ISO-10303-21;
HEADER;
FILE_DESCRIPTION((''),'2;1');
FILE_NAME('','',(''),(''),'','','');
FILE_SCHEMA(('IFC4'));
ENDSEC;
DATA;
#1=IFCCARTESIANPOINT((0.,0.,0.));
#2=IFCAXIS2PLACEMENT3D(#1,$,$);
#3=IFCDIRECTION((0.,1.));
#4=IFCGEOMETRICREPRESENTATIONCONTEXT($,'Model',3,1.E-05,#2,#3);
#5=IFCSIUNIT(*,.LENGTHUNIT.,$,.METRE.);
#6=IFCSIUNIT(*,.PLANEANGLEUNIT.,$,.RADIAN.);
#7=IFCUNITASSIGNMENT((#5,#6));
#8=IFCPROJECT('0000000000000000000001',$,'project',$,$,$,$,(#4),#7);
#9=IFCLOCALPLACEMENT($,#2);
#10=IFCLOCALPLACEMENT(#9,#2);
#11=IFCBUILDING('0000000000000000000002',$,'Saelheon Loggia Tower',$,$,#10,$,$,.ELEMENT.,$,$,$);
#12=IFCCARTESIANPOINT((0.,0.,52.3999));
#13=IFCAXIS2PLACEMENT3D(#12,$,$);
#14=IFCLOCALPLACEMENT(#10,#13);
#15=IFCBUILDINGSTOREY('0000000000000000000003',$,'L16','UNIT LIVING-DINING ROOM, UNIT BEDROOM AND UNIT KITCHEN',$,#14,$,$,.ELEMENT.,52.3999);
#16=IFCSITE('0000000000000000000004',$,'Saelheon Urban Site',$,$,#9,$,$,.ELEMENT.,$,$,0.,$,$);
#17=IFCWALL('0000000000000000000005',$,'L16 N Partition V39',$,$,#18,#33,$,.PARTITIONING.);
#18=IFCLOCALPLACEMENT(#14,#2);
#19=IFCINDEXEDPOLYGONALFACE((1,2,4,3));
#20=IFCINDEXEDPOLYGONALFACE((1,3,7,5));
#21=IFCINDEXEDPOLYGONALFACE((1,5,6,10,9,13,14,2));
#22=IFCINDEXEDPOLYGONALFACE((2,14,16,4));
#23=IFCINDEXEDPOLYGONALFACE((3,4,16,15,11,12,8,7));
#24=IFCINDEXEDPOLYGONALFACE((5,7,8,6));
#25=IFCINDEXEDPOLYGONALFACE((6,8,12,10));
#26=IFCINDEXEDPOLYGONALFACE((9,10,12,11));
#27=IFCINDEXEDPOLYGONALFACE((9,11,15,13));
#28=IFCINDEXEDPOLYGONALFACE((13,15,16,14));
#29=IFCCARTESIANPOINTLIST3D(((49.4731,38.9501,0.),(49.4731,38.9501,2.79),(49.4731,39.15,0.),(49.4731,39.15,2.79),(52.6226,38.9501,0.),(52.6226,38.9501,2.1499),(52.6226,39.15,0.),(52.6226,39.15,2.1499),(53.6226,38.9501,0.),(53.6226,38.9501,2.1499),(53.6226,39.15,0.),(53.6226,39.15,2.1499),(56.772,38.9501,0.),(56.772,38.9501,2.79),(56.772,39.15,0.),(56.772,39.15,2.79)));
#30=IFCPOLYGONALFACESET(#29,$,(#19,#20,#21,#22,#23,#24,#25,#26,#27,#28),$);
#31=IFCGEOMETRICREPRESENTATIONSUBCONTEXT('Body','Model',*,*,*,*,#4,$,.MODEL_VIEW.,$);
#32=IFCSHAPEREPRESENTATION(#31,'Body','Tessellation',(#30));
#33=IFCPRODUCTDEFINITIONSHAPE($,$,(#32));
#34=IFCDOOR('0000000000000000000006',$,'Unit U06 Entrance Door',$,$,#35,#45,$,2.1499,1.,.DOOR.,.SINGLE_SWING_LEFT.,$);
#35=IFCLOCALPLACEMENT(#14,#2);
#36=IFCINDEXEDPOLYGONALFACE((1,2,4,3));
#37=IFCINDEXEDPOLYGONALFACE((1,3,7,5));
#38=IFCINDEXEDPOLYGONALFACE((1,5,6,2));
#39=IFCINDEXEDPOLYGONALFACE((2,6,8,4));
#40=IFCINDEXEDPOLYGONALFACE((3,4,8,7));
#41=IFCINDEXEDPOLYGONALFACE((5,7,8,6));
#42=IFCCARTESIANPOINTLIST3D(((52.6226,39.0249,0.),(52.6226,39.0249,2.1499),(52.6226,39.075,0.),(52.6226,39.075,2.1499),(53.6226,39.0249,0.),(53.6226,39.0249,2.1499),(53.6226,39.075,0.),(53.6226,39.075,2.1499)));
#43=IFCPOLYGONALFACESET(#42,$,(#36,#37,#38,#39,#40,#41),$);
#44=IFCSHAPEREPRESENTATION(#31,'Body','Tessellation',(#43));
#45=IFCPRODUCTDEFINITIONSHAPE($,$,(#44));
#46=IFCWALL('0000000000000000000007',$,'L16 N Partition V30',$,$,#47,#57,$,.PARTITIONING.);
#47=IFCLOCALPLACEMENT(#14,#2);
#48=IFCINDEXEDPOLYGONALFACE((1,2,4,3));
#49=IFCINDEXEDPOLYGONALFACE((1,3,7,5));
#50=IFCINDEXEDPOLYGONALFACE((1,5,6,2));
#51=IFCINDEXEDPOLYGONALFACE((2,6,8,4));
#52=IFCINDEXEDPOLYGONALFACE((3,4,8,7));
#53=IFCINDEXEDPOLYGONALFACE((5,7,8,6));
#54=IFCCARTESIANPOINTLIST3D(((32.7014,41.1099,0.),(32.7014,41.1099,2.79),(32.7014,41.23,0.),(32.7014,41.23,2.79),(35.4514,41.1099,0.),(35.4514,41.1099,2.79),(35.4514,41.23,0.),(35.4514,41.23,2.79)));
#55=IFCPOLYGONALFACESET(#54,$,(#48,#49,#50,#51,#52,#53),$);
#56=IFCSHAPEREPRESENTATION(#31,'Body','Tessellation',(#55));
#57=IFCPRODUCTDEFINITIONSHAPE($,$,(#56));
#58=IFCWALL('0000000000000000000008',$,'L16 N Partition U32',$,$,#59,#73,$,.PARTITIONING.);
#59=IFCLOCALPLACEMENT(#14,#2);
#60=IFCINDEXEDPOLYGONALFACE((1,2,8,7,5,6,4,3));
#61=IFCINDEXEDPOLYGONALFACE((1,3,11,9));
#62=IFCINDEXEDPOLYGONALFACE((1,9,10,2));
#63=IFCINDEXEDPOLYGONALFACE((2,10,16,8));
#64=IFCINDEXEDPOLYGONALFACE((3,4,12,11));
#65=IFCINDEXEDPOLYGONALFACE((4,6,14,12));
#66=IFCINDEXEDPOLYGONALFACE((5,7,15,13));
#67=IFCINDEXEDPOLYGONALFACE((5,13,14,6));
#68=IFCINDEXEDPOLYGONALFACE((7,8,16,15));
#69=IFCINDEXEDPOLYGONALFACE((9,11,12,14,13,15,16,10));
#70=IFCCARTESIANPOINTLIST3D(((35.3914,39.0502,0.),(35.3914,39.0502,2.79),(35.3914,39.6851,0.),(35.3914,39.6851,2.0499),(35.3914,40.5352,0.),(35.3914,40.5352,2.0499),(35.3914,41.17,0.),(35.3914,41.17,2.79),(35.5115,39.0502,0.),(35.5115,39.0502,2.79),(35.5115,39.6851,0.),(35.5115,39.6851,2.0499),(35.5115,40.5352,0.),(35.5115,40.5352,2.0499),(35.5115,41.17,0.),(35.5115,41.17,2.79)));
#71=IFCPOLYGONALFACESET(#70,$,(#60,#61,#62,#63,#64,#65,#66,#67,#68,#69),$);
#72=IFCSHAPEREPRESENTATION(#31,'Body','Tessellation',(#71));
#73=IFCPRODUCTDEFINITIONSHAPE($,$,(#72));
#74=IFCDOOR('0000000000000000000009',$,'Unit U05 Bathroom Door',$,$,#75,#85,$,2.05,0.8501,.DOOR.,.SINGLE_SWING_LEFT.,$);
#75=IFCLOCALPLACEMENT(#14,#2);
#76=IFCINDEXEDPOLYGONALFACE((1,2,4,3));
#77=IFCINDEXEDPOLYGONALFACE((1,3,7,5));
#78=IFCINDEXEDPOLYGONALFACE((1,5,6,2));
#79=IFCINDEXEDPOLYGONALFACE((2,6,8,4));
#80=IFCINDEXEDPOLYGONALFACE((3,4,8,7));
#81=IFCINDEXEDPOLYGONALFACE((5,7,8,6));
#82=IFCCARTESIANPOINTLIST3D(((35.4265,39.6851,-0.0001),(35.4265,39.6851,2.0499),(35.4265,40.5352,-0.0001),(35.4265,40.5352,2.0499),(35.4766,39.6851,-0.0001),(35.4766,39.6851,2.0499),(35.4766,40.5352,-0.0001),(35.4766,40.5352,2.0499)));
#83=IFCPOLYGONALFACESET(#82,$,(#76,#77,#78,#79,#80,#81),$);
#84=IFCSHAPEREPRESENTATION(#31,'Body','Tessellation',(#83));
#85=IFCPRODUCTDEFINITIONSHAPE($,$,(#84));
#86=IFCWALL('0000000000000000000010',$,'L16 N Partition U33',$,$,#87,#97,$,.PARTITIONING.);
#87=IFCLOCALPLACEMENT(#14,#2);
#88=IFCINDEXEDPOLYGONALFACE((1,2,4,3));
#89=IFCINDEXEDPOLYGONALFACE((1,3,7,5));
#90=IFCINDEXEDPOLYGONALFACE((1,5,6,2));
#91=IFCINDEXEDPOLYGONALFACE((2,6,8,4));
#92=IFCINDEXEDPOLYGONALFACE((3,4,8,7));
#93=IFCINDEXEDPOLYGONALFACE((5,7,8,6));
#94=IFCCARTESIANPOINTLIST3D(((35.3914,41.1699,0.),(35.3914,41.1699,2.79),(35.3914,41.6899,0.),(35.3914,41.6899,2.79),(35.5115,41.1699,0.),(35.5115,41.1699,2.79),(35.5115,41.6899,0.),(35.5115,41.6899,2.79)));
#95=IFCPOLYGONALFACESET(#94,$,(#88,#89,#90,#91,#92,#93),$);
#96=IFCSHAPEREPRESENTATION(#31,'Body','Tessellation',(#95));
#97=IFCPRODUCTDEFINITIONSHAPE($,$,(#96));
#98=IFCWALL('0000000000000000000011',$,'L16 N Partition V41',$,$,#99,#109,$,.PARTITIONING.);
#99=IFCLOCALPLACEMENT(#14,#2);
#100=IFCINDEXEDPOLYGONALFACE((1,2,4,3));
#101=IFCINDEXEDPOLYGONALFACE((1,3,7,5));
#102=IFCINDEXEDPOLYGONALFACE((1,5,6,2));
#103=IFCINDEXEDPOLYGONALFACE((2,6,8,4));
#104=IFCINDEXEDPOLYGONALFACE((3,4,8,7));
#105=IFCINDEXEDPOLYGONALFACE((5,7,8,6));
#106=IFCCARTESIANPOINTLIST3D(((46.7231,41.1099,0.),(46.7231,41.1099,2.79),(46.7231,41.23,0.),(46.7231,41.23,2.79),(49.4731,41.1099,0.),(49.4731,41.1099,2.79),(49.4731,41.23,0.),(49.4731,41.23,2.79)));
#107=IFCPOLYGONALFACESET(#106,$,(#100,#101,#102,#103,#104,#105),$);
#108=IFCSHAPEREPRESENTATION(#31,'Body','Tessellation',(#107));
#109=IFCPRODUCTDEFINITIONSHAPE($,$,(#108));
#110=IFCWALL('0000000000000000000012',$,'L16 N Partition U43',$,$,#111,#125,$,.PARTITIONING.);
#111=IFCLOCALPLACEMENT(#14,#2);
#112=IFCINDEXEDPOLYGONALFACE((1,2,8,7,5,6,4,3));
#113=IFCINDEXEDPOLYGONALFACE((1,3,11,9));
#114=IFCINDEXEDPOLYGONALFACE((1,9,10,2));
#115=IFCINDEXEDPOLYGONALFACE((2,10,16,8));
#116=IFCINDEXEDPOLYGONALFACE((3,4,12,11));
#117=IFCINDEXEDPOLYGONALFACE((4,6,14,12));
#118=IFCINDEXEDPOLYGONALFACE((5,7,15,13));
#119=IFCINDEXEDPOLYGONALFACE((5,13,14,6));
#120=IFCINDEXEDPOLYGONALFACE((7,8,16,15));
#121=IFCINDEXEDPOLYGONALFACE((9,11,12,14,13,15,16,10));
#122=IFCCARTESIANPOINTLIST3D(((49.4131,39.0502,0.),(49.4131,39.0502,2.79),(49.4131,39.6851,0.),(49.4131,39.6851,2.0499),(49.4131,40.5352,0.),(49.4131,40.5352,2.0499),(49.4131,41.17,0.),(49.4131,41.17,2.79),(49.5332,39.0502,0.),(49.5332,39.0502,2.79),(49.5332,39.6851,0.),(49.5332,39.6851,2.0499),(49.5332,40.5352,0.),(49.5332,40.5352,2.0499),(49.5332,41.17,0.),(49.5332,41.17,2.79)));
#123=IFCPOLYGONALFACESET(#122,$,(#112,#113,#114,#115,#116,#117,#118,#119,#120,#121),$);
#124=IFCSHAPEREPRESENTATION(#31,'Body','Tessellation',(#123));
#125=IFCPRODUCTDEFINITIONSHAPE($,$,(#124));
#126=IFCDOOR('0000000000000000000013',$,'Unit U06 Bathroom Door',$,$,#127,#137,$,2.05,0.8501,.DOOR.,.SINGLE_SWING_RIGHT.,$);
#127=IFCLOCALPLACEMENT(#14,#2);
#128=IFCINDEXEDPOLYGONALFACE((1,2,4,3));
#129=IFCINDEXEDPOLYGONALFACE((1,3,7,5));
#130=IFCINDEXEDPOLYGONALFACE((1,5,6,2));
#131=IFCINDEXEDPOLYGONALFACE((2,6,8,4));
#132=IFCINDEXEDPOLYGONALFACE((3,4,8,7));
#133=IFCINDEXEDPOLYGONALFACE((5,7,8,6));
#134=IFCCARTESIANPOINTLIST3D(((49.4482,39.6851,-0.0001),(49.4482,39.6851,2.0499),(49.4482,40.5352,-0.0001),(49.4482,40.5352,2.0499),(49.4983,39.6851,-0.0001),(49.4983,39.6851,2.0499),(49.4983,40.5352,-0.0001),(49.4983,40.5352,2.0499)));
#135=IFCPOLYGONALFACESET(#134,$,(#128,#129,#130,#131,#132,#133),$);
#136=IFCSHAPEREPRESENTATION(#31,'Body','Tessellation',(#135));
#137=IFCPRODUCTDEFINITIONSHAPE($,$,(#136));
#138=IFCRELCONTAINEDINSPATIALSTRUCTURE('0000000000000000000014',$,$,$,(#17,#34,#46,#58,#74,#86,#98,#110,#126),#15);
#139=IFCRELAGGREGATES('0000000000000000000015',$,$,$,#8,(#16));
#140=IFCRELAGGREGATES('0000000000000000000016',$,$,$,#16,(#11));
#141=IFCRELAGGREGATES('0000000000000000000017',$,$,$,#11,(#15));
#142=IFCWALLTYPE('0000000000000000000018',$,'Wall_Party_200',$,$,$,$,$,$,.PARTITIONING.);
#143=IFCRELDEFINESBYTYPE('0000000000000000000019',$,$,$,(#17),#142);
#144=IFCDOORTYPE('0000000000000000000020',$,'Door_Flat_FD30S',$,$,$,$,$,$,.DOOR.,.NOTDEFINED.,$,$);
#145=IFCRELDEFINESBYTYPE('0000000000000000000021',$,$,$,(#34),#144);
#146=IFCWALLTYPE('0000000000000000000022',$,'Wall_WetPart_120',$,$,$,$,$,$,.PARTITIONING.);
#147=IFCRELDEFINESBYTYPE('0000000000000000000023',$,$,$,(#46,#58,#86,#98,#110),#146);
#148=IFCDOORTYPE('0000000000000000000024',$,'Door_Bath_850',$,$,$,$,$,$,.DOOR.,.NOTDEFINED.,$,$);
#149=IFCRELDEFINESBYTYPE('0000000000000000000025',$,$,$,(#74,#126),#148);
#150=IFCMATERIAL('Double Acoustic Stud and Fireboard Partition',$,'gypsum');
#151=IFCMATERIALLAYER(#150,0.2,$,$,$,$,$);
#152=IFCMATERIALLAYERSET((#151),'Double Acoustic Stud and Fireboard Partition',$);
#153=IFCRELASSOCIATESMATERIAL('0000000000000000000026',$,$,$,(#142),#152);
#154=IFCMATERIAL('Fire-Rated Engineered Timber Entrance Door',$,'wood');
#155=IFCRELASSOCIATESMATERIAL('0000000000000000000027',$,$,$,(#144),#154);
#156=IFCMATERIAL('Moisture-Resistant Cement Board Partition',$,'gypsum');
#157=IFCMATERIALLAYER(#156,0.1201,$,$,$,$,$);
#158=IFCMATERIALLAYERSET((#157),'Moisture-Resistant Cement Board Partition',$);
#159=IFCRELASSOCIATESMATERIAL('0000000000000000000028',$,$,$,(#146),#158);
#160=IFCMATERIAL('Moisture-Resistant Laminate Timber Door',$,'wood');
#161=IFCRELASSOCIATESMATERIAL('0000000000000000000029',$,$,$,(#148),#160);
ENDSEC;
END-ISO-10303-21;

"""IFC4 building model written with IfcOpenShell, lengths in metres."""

from ifc_helpers import new_model, si_unit, direction, frame, frame_2d, origin, place, context, subcontext, project, spatial, rectangle, extrude, source, transform, mapped, material, layer, layer_set, type_object, element, fill, save


model = new_model("IFC4")

# Units and contexts
model_context = context("Model", 3, precision=1e-05, world=origin(), true_north=direction((0.0, 1.0)))
body_context = subcontext(model_context, "Body", "Model", "MODEL_VIEW")
ifc_project = project(units=[si_unit("LENGTHUNIT", "METRE"), si_unit("PLANEANGLEUNIT", "RADIAN")], contexts=[model_context])

# Site, building, storey
site_placement = place(None, origin())
site = spatial("IfcSite", under=ifc_project, at=site_placement, Name="Saelheon Urban Site", CompositionType="ELEMENT", RefElevation=0.0)
building_placement = place(site_placement, origin())
building = spatial("IfcBuilding", under=site, at=building_placement, Name="Saelheon Loggia Tower", CompositionType="ELEMENT")
storey_placement = place(building_placement, frame((0.0, 0.0, 52.3999)))
storey = spatial("IfcBuildingStorey", under=building, at=storey_placement, Name="L16", Description="UNIT LIVING-DINING ROOM, UNIT BEDROOM AND UNIT KITCHEN", CompositionType="ELEMENT", Elevation=52.3999)

# Shared definitions
ifc_material_1 = material(Name="Double Acoustic Stud and Fireboard Partition", Category="gypsum")
ifc_layer_1 = layer(ifc_material_1, 0.2)
ifc_layer_set_1 = layer_set([ifc_layer_1], Name="Double Acoustic Stud and Fireboard Partition")
wall_type_1 = type_object("IfcWallType", Name="Wall_Party_200", PredefinedType="PARTITIONING", material=ifc_layer_set_1)

# Shared definitions
ifc_material_2 = material(Name="Fire-Rated Engineered Timber Entrance Door", Category="wood")
door_type_1 = type_object("IfcDoorType", Name="Door_Flat_FD30S", OperationType="NOTDEFINED", PredefinedType="DOOR", material=ifc_material_2)
shared_shape_1 = source(origin(), body_context, "Body", "SweptSolid", [
    extrude(rectangle(XDim=1.0, YDim=2.1499, at=frame_2d((0.5, 1.075))), frame((0.0, 0.0249, 0.0), z_axis=(0.0, -1.0, 0.0), x_axis=(1.0, 0.0, 0.0)), (0.0, 0.0, 1.0), 0.05),
])

# Wall, opening, door
wall_1_placement = place(storey_placement, frame((49.4731, 39.05, 0.0), z_axis=(0.0, 0.0, 1.0), x_axis=(1.0, 0.0, 0.0)))
wall_1 = element("IfcWall", 1, at=wall_1_placement, inside=storey, type_object=wall_type_1, Name="L16 N Partition V39", PredefinedType="PARTITIONING", context=body_context, shape_type="SweptSolid", body=[
    extrude(rectangle(XDim=7.2988, YDim=0.2, at=frame_2d((3.6494, 0.0))), origin(), (0.0, 0.0, 1.0), 2.79),
])
opening_1_placement = place(wall_1_placement, frame((3.1494, 0.0, 0.0)))
opening_1 = element("IfcOpeningElement", 2, at=opening_1_placement, cuts=wall_1, PredefinedType="OPENING", context=body_context, shape_type="SweptSolid", body=[
    extrude(rectangle(XDim=1.0, YDim=2.1499, at=frame_2d((0.5, 1.075))), frame((0.0, 0.1121, 0.0), z_axis=(0.0, -1.0, 0.0), x_axis=(1.0, 0.0, 0.0)), (0.0, 0.0, 1.0), 0.2239),
])
door_1_placement = place(opening_1_placement, origin())
door_1 = element("IfcDoor", 3, at=door_1_placement, inside=storey, type_object=door_type_1, Name="Unit U06 Entrance Door", OperationType="SINGLE_SWING_LEFT", OverallHeight=2.1499, OverallWidth=1.0, PredefinedType="DOOR", context=body_context, shape_type="MappedRepresentation", body=[
    mapped(shared_shape_1, transform((0.0, 0.0, 0.0), scale=1.0)),
])
fill(opening_1, door_1)

# Wall
ifc_material_3 = material(Name="Moisture-Resistant Cement Board Partition", Category="gypsum")
ifc_layer_2 = layer(ifc_material_3, 0.1201)
ifc_layer_set_2 = layer_set([ifc_layer_2], Name="Moisture-Resistant Cement Board Partition")
wall_type_2 = type_object("IfcWallType", Name="Wall_WetPart_120", PredefinedType="PARTITIONING", material=ifc_layer_set_2)
wall_2_placement = place(storey_placement, frame((32.7014, 41.1699, 0.0), z_axis=(0.0, 0.0, 1.0), x_axis=(1.0, 0.0, 0.0)))
element("IfcWall", 4, at=wall_2_placement, inside=storey, type_object=wall_type_2, Name="L16 N Partition V30", PredefinedType="PARTITIONING", context=body_context, shape_type="SweptSolid", body=[
    extrude(rectangle(XDim=2.75, YDim=0.1201, at=frame_2d((1.375, 0.0))), origin(), (0.0, 0.0, 1.0), 2.79),
])

# Wall, opening, door
wall_3_placement = place(storey_placement, frame((35.4514, 39.05, 0.0), z_axis=(0.0, 0.0, 1.0), x_axis=(0.0, 1.0, 0.0)))
wall_3 = element("IfcWall", 5, at=wall_3_placement, inside=storey, type_object=wall_type_2, Name="L16 N Partition U32", PredefinedType="PARTITIONING", context=body_context, shape_type="SweptSolid", body=[
    extrude(rectangle(XDim=2.1199, YDim=0.1201, at=frame_2d((1.0601, 0.0))), origin(), (0.0, 0.0, 1.0), 2.79),
])
opening_2_placement = place(wall_3_placement, frame((0.635, 0.0, 0.0)))
opening_2 = element("IfcOpeningElement", 6, at=opening_2_placement, cuts=wall_3, PredefinedType="OPENING", context=body_context, shape_type="SweptSolid", body=[
    extrude(rectangle(XDim=0.8501, YDim=2.05, at=frame_2d((0.425, 1.0249))), frame((0.0, 0.072, 0.0), z_axis=(0.0, -1.0, 0.0), x_axis=(1.0, 0.0, 0.0)), (0.0, 0.0, 1.0), 0.144),
])
ifc_material_4 = material(Name="Moisture-Resistant Laminate Timber Door", Category="wood")
door_type_2 = type_object("IfcDoorType", Name="Door_Bath_850", OperationType="NOTDEFINED", PredefinedType="DOOR", material=ifc_material_4)
shared_shape_2 = source(origin(), body_context, "Body", "SweptSolid", [
    extrude(rectangle(XDim=0.8501, YDim=2.05, at=frame_2d((0.425, 1.0249))), frame((0.0, 0.0249, 0.0), z_axis=(0.0, -1.0, 0.0), x_axis=(1.0, 0.0, 0.0)), (0.0, 0.0, 1.0), 0.05),
])
door_2_placement = place(opening_2_placement, origin())
door_2 = element("IfcDoor", 7, at=door_2_placement, inside=storey, type_object=door_type_2, Name="Unit U05 Bathroom Door", OperationType="SINGLE_SWING_LEFT", OverallHeight=2.05, OverallWidth=0.8501, PredefinedType="DOOR", context=body_context, shape_type="MappedRepresentation", body=[
    mapped(shared_shape_2, transform((0.0, 0.0, 0.0), scale=1.0)),
])
fill(opening_2, door_2)

# Walls
wall_4_placement = place(storey_placement, frame((35.4514, 41.1699, 0.0), z_axis=(0.0, 0.0, 1.0), x_axis=(0.0, 1.0, 0.0)))
element("IfcWall", 8, at=wall_4_placement, inside=storey, type_object=wall_type_2, Name="L16 N Partition U33", PredefinedType="PARTITIONING", context=body_context, shape_type="SweptSolid", body=[
    extrude(rectangle(XDim=0.52, YDim=0.1201, at=frame_2d((0.26, 0.0))), origin(), (0.0, 0.0, 1.0), 2.79),
])
wall_5_placement = place(storey_placement, frame((46.7231, 41.1699, 0.0), z_axis=(0.0, 0.0, 1.0), x_axis=(1.0, 0.0, 0.0)))
element("IfcWall", 9, at=wall_5_placement, inside=storey, type_object=wall_type_2, Name="L16 N Partition V41", PredefinedType="PARTITIONING", context=body_context, shape_type="SweptSolid", body=[
    extrude(rectangle(XDim=2.75, YDim=0.1201, at=frame_2d((1.375, 0.0))), origin(), (0.0, 0.0, 1.0), 2.79),
])

# Wall, opening, door
wall_6_placement = place(storey_placement, frame((49.4731, 39.05, 0.0), z_axis=(0.0, 0.0, 1.0), x_axis=(0.0, 1.0, 0.0)))
wall_6 = element("IfcWall", 10, at=wall_6_placement, inside=storey, type_object=wall_type_2, Name="L16 N Partition U43", PredefinedType="PARTITIONING", context=body_context, shape_type="SweptSolid", body=[
    extrude(rectangle(XDim=2.1199, YDim=0.1201, at=frame_2d((1.0601, 0.0))), origin(), (0.0, 0.0, 1.0), 2.79),
])
opening_3_placement = place(wall_6_placement, frame((0.635, 0.0, 0.0)))
opening_3 = element("IfcOpeningElement", 11, at=opening_3_placement, cuts=wall_6, PredefinedType="OPENING", context=body_context, shape_type="SweptSolid", body=[
    extrude(rectangle(XDim=0.8501, YDim=2.05, at=frame_2d((0.425, 1.0249))), frame((0.0, 0.072, 0.0), z_axis=(0.0, -1.0, 0.0), x_axis=(1.0, 0.0, 0.0)), (0.0, 0.0, 1.0), 0.144),
])
door_3_placement = place(opening_3_placement, origin())
door_3 = element("IfcDoor", 12, at=door_3_placement, inside=storey, type_object=door_type_2, Name="Unit U06 Bathroom Door", OperationType="SINGLE_SWING_RIGHT", OverallHeight=2.05, OverallWidth=0.8501, PredefinedType="DOOR", context=body_context, shape_type="MappedRepresentation", body=[
    mapped(shared_shape_2, transform((0.0, 0.0, 0.0), scale=1.0)),
])
fill(opening_3, door_3)

save(model, "model.ifc")
